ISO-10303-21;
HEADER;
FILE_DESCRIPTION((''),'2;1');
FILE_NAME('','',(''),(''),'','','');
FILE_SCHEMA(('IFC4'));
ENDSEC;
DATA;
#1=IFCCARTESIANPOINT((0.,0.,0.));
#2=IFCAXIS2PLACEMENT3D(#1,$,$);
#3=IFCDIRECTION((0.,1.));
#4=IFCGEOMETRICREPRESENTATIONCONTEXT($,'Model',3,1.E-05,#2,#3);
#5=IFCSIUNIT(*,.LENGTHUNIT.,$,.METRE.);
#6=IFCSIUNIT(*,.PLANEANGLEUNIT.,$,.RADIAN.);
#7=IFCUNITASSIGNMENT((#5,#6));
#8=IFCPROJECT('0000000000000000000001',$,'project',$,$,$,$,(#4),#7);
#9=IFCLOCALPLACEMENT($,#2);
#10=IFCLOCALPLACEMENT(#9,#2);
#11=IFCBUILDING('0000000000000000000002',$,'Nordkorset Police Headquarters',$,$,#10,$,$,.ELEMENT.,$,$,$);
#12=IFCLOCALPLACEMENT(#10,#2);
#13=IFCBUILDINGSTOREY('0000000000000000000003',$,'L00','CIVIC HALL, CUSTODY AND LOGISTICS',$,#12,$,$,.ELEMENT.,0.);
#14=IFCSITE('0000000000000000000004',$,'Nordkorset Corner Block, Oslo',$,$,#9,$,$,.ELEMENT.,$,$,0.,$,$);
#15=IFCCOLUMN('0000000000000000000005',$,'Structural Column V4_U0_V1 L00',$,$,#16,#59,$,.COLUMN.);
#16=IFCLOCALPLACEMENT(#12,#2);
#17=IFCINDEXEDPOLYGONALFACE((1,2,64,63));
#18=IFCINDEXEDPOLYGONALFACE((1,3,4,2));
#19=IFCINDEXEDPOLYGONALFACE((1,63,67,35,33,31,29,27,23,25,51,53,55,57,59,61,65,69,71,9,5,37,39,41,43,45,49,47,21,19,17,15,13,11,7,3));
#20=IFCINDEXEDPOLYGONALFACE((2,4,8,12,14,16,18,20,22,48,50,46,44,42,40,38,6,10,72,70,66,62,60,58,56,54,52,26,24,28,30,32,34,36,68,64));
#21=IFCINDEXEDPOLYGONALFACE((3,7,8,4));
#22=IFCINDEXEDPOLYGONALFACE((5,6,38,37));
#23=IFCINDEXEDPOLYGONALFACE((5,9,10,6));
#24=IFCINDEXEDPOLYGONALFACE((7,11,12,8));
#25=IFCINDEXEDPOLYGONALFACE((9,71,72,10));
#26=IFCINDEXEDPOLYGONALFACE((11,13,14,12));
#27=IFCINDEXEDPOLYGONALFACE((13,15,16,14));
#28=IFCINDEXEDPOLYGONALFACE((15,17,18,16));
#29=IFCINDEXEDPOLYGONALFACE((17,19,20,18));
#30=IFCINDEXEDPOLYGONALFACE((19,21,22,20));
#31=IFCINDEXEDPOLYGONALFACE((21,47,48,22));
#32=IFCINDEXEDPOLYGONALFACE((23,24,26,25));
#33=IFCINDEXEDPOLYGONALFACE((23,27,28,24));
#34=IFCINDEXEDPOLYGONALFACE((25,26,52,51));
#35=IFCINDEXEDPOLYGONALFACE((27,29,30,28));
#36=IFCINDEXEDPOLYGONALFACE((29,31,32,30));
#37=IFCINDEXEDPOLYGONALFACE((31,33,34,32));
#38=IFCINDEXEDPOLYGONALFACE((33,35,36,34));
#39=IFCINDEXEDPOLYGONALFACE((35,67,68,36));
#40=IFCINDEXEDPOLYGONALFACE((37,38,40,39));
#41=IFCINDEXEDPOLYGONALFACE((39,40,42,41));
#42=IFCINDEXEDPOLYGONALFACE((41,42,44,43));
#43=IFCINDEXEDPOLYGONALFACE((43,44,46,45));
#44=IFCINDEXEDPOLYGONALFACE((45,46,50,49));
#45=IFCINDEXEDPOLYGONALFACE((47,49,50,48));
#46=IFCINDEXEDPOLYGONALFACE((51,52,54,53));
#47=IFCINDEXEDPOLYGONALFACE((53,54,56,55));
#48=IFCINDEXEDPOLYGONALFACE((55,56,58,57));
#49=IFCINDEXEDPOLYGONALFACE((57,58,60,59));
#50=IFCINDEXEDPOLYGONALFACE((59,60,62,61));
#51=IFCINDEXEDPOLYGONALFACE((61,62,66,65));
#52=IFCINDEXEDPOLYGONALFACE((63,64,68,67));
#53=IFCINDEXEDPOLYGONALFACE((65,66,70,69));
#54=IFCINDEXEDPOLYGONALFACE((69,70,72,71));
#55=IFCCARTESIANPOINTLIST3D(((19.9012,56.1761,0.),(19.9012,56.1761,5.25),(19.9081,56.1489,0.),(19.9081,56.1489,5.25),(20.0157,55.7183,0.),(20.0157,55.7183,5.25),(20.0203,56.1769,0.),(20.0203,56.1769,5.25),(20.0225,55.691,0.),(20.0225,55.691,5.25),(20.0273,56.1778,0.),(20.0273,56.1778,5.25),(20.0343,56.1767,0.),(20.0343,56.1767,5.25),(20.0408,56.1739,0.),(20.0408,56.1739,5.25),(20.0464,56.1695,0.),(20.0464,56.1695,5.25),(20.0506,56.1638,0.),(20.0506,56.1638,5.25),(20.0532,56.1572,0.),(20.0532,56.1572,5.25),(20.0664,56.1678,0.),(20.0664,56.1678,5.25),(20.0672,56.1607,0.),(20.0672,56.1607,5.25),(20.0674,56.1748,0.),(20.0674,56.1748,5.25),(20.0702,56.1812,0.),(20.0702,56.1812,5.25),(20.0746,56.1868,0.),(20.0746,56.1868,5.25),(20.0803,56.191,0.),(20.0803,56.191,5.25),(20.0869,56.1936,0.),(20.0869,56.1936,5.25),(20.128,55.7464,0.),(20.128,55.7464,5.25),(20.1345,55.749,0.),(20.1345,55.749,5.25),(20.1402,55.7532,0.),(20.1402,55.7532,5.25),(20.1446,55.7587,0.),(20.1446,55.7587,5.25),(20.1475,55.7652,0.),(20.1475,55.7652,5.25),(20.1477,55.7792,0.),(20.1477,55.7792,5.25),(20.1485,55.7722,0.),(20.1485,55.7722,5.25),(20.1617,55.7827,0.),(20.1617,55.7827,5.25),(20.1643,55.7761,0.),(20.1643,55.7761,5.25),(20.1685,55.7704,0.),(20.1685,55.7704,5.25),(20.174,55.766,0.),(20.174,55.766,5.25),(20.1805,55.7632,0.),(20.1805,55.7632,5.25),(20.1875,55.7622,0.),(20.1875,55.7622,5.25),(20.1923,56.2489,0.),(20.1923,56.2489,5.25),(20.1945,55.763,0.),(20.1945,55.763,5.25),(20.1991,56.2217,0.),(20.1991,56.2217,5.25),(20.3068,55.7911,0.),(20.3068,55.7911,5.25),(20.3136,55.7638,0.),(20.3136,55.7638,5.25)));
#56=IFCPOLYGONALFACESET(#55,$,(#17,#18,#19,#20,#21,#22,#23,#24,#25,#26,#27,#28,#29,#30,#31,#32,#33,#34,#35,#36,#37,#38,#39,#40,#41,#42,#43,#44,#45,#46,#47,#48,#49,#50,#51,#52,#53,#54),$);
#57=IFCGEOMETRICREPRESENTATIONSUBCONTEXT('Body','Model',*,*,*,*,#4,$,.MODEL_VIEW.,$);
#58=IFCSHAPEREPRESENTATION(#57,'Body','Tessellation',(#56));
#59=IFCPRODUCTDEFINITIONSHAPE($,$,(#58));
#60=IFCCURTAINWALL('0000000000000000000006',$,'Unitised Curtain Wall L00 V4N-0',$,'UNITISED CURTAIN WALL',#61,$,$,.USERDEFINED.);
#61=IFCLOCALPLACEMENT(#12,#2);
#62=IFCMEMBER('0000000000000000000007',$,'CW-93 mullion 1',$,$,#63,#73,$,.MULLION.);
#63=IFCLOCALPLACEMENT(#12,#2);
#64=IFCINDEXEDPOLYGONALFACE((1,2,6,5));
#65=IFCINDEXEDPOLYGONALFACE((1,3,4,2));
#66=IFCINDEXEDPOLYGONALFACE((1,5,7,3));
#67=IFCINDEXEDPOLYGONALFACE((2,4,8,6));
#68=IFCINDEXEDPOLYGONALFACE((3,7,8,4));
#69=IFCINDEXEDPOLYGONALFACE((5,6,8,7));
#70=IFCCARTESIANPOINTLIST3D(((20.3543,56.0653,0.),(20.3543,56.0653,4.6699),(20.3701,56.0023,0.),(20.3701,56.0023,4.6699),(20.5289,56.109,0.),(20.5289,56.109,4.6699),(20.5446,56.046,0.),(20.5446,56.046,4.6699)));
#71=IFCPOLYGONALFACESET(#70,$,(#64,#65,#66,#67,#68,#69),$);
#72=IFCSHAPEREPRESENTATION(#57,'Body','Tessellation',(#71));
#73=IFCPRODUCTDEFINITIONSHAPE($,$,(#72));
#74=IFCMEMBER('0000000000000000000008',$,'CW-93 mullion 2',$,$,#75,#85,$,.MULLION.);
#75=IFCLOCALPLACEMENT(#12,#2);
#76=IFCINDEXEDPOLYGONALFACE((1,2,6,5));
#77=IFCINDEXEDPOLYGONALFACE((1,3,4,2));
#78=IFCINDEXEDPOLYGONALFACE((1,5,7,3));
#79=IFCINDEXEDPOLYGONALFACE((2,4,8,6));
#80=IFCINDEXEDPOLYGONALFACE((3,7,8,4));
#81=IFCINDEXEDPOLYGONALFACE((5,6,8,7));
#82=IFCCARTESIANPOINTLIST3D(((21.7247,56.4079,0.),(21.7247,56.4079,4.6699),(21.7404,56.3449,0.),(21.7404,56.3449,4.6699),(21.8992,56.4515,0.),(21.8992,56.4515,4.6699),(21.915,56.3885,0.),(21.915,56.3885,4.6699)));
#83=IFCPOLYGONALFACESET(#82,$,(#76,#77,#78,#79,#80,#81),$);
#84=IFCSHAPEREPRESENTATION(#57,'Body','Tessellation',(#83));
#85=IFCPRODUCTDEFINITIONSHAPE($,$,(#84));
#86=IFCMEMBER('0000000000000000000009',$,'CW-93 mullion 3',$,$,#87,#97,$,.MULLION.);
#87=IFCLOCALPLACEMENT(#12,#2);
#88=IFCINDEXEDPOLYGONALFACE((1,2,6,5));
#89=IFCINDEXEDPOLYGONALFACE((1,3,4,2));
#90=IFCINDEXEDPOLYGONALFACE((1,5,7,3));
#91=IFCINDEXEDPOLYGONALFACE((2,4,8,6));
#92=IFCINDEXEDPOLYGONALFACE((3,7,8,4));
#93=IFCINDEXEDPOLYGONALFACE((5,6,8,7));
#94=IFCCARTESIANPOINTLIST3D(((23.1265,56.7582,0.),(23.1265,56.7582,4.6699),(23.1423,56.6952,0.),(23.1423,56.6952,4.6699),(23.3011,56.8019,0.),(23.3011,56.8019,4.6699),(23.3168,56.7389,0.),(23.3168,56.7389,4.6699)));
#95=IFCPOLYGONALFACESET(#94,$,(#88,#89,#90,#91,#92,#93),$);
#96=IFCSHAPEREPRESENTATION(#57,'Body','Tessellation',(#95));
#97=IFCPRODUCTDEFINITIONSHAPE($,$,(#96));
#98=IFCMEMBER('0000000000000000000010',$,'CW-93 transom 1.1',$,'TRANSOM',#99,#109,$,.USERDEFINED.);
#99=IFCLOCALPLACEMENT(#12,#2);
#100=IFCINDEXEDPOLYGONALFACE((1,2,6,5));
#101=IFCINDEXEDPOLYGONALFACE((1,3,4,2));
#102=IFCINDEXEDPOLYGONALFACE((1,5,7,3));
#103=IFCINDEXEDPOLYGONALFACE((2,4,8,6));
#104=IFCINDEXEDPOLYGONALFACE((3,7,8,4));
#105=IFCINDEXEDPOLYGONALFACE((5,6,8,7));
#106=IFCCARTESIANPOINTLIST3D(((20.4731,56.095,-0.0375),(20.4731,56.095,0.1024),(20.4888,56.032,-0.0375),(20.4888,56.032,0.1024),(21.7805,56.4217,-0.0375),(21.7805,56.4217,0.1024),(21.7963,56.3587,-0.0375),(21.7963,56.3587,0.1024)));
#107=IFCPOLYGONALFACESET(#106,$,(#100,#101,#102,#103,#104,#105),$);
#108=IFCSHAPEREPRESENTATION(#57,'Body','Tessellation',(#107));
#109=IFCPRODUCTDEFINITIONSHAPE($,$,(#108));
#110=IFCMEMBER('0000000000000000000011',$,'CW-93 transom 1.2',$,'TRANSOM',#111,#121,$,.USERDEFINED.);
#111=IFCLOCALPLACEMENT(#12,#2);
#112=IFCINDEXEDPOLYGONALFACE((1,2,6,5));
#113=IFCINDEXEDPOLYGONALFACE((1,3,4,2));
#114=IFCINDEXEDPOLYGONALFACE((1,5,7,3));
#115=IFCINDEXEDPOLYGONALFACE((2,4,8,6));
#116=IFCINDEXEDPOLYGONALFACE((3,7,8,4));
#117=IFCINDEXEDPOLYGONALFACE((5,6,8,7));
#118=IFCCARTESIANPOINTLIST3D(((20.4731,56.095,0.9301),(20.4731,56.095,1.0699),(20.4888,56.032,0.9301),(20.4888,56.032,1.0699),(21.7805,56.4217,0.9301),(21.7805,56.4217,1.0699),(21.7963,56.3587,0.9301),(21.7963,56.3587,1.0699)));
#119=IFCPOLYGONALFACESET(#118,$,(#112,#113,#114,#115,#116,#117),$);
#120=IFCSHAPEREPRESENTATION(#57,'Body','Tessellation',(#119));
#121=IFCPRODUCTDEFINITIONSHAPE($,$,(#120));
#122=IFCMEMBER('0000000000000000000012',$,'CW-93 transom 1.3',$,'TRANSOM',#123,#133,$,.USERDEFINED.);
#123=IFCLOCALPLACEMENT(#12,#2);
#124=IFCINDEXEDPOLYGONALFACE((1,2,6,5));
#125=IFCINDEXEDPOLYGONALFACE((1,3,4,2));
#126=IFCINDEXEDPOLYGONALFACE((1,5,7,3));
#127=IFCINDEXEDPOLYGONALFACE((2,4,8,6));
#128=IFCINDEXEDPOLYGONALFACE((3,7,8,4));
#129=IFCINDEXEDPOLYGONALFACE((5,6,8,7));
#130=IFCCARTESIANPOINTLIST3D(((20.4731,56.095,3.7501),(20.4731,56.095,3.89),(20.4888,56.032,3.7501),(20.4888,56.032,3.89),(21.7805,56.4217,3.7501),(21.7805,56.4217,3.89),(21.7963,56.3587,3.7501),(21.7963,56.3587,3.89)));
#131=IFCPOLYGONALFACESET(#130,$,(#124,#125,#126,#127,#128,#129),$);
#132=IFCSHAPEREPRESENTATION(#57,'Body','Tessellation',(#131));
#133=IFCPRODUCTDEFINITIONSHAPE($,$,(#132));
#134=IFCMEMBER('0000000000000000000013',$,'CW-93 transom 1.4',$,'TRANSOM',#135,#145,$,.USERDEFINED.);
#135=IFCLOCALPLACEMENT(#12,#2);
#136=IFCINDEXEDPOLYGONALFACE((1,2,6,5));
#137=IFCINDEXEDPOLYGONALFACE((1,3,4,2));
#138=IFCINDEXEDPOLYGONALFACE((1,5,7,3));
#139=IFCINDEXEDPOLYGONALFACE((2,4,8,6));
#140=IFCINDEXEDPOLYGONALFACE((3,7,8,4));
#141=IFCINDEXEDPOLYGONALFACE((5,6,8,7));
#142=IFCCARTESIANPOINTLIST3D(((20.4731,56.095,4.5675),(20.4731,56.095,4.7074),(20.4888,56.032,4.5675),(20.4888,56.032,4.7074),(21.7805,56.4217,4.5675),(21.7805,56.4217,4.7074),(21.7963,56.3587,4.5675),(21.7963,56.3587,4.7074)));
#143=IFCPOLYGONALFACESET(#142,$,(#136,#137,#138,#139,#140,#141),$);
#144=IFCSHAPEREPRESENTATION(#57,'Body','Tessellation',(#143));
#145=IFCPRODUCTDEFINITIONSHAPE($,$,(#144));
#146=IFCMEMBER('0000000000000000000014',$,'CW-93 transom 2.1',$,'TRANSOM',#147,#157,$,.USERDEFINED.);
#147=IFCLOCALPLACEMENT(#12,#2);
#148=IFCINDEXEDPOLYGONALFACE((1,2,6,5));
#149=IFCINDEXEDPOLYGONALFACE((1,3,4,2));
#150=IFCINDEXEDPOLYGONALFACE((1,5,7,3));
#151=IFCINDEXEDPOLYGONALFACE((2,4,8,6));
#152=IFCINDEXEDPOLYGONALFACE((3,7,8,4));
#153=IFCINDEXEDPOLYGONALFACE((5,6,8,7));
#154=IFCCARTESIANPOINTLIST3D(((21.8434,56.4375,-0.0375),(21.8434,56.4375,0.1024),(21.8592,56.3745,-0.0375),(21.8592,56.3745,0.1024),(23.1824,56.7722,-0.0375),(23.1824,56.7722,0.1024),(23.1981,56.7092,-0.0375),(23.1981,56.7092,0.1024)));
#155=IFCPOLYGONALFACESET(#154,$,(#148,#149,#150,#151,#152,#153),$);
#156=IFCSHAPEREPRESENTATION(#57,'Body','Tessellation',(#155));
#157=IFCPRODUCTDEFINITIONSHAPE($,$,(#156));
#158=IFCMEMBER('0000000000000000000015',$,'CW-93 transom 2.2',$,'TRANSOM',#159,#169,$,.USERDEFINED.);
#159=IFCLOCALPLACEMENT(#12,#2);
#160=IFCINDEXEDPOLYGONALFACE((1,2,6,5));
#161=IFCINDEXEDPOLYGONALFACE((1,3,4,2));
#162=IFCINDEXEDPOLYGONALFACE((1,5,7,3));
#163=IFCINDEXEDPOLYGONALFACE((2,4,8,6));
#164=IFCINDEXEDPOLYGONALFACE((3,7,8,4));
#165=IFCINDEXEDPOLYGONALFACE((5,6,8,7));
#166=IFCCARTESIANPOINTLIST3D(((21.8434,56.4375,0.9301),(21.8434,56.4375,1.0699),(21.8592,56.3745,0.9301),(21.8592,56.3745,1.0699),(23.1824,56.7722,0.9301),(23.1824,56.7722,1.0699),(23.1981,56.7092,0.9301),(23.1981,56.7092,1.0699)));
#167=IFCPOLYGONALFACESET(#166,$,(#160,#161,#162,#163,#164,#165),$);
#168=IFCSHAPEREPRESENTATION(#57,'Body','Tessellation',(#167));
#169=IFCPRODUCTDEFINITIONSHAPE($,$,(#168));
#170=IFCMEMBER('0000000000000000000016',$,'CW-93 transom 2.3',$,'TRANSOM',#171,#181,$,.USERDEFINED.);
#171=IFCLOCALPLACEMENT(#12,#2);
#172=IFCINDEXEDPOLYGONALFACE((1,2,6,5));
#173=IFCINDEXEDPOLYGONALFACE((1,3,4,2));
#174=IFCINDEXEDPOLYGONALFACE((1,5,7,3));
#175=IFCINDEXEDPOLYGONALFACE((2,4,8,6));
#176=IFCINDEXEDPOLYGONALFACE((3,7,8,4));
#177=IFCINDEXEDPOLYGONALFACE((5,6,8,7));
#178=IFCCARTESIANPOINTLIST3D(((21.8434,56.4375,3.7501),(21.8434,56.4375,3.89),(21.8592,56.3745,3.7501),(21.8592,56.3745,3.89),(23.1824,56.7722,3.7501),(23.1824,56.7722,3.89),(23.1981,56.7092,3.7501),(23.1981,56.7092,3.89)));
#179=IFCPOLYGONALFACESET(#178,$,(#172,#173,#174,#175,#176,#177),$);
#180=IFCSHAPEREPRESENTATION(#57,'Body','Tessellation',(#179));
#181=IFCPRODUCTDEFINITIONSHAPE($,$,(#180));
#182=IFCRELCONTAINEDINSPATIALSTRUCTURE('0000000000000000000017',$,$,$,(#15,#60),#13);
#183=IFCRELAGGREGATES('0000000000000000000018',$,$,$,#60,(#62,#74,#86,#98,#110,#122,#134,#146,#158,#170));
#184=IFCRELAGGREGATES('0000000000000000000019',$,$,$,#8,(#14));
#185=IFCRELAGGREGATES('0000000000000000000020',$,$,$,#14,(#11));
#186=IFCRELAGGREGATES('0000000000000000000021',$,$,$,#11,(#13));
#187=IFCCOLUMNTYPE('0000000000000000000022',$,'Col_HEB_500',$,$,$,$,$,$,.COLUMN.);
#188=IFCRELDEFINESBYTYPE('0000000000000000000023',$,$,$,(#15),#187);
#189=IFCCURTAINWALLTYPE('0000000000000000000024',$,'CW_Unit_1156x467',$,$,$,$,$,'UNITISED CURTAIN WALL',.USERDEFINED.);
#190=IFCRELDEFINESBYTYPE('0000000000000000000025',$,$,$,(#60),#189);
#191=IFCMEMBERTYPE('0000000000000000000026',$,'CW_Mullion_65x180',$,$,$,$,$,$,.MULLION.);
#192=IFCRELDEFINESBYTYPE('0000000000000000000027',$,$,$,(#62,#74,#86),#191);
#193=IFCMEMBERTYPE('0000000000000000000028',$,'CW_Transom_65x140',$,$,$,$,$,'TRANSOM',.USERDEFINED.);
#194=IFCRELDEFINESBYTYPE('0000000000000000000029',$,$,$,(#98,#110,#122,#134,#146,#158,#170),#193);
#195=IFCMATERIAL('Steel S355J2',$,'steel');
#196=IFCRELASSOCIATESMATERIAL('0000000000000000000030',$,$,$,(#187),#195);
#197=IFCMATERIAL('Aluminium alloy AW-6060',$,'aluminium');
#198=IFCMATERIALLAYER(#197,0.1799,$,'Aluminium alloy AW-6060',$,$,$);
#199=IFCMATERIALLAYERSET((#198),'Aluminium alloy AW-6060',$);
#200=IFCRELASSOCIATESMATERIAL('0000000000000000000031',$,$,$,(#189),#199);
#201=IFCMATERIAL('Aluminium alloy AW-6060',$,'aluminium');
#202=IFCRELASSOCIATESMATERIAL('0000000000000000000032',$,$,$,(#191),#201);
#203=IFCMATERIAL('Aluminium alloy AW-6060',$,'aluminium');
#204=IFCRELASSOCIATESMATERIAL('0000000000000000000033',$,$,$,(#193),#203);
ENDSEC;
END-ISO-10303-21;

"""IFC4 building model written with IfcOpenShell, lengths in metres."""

from ifc_helpers import new_model, si_unit, direction, frame, origin, origin_2d, place, context, subcontext, project, spatial, rectangle, i_section, extrude, material, layer, layer_set, material_profile, profile_set, type_object, element, aggregate, save


model = new_model("IFC4")

# Units and contexts
model_context = context("Model", 3, precision=1e-05, world=origin(), true_north=direction((0.0, 1.0)))
body_context = subcontext(model_context, "Body", "Model", "MODEL_VIEW")
ifc_project = project(units=[si_unit("LENGTHUNIT", "METRE"), si_unit("PLANEANGLEUNIT", "RADIAN")], contexts=[model_context])

# Site, building, storey
site_placement = place(None, origin())
site = spatial("IfcSite", under=ifc_project, at=site_placement, Name="Nordkorset Corner Block, Oslo", CompositionType="ELEMENT", RefElevation=0.0)
building_placement = place(site_placement, origin())
building = spatial("IfcBuilding", under=site, at=building_placement, Name="Nordkorset Police Headquarters", CompositionType="ELEMENT")
storey_placement = place(building_placement, origin())
storey = spatial("IfcBuildingStorey", under=building, at=storey_placement, Name="L00", Description="CIVIC HALL, CUSTODY AND LOGISTICS", CompositionType="ELEMENT", Elevation=0.0)

# Column
ifc_material_1 = material(Name="Steel S355J2", Category="steel")
ifc_material_profile_1 = material_profile(ifc_material_1, i_section(OverallWidth=0.3, OverallDepth=0.5, WebThickness=0.0144, FlangeThickness=0.0281, FilletRadius=0.0271, at=origin_2d()), Name="HEB 500")
ifc_profile_set_1 = profile_set([ifc_material_profile_1], Name="Steel S355J2")
column_type = type_object("IfcColumnType", Name="Col_HEB_500", PredefinedType="COLUMN", material=ifc_profile_set_1)
column_placement = place(storey_placement, frame((20.1074, 55.97, 0.0), z_axis=(0.0, 0.0, 1.0), x_axis=(0.970143, 0.242536, 0.0)))
element("IfcColumn", 1, at=column_placement, inside=storey, type_object=column_type, Name="Structural Column V4_U0_V1 L00", PredefinedType="COLUMN", context=body_context, shape_type="SweptSolid", body=[
    extrude(i_section(OverallWidth=0.3, OverallDepth=0.5, WebThickness=0.0144, FlangeThickness=0.0281, FilletRadius=0.0271, at=origin_2d()), origin(), (0.0, 0.0, 1.0), 5.25),
])

# Curtain wall, members
ifc_material_2 = material(Name="Aluminium alloy AW-6060", Category="aluminium")
ifc_layer_1 = layer(ifc_material_2, 0.1799, Name="Aluminium alloy AW-6060")
ifc_layer_set_1 = layer_set([ifc_layer_1], Name="Aluminium alloy AW-6060")
curtain_wall_type = type_object("IfcCurtainWallType", Name="CW_Unit_1156x467", ElementType="UNITISED CURTAIN WALL", PredefinedType="USERDEFINED", material=ifc_layer_set_1)
curtain_wall_placement = place(storey_placement, origin())
curtain_wall = element("IfcCurtainWall", 2, at=curtain_wall_placement, inside=storey, type_object=curtain_wall_type, Name="Unitised Curtain Wall L00 V4N-0", ObjectType="UNITISED CURTAIN WALL", PredefinedType="USERDEFINED")
ifc_material_3 = material(Name="Aluminium alloy AW-6060", Category="aluminium")
ifc_material_profile_2 = material_profile(ifc_material_3, rectangle(XDim=0.0649, YDim=0.1799, at=origin_2d()), Name="ALU MULL 65x180")
ifc_profile_set_2 = profile_set([ifc_material_profile_2], Name="Aluminium alloy AW-6060")
member_type_1 = type_object("IfcMemberType", Name="CW_Mullion_65x180", PredefinedType="MULLION", material=ifc_profile_set_2)
member_1_placement = place(storey_placement, frame((20.4495, 56.0557, 0.0), z_axis=(0.0, 0.0, 1.0), x_axis=(-0.242536, 0.970142, 0.0)))
member_1 = element("IfcMember", 3, at=member_1_placement, type_object=member_type_1, Name="CW-93 mullion 1", PredefinedType="MULLION", context=body_context, shape_type="SweptSolid", body=[
    extrude(rectangle(XDim=0.0649, YDim=0.1799, at=origin_2d()), origin(), (0.0, 0.0, 1.0), 4.6699),
])
member_2_placement = place(storey_placement, frame((21.8198, 56.3982, 0.0), z_axis=(0.0, 0.0, 1.0), x_axis=(-0.242536, 0.970142, 0.0)))
member_2 = element("IfcMember", 4, at=member_2_placement, type_object=member_type_1, Name="CW-93 mullion 2", PredefinedType="MULLION", context=body_context, shape_type="SweptSolid", body=[
    extrude(rectangle(XDim=0.0649, YDim=0.1799, at=origin_2d()), origin(), (0.0, 0.0, 1.0), 4.6699),
])
member_3_placement = place(storey_placement, frame((23.2217, 56.7485, 0.0), z_axis=(0.0, 0.0, 1.0), x_axis=(-0.242536, 0.970142, 0.0)))
member_3 = element("IfcMember", 5, at=member_3_placement, type_object=member_type_1, Name="CW-93 mullion 3", PredefinedType="MULLION", context=body_context, shape_type="SweptSolid", body=[
    extrude(rectangle(XDim=0.0649, YDim=0.1799, at=origin_2d()), origin(), (0.0, 0.0, 1.0), 4.6699),
])
ifc_material_4 = material(Name="Aluminium alloy AW-6060", Category="aluminium")
ifc_material_profile_3 = material_profile(ifc_material_4, rectangle(XDim=0.0649, YDim=0.1399, at=origin_2d()), Name="ALU TRAN 65x140")
ifc_profile_set_3 = profile_set([ifc_material_profile_3], Name="Aluminium alloy AW-6060")
member_type_2 = type_object("IfcMemberType", Name="CW_Transom_65x140", ElementType="TRANSOM", PredefinedType="USERDEFINED", material=ifc_profile_set_3)
member_4_placement = place(storey_placement, frame((20.481, 56.0635, 0.0325), z_axis=(0.970174, 0.242408, 0.0), x_axis=(-0.242408, 0.970174, 0.0)))
member_4 = element("IfcMember", 6, at=member_4_placement, type_object=member_type_2, Name="CW-93 transom 1.1", ObjectType="TRANSOM", PredefinedType="USERDEFINED", context=body_context, shape_type="SweptSolid", body=[
    extrude(rectangle(XDim=0.0649, YDim=0.1399, at=origin_2d()), origin(), (0.0, 0.0, 1.0), 1.3477),
])
member_5_placement = place(storey_placement, frame((20.481, 56.0635, 1.0), z_axis=(0.970174, 0.242408, 0.0), x_axis=(-0.242408, 0.970174, 0.0)))
member_5 = element("IfcMember", 7, at=member_5_placement, type_object=member_type_2, Name="CW-93 transom 1.2", ObjectType="TRANSOM", PredefinedType="USERDEFINED", context=body_context, shape_type="SweptSolid", body=[
    extrude(rectangle(XDim=0.0649, YDim=0.1399, at=origin_2d()), origin(), (0.0, 0.0, 1.0), 1.3477),
])
member_6_placement = place(storey_placement, frame((20.481, 56.0635, 3.8201), z_axis=(0.970174, 0.242408, 0.0), x_axis=(-0.242408, 0.970174, 0.0)))
member_6 = element("IfcMember", 8, at=member_6_placement, type_object=member_type_2, Name="CW-93 transom 1.3", ObjectType="TRANSOM", PredefinedType="USERDEFINED", context=body_context, shape_type="SweptSolid", body=[
    extrude(rectangle(XDim=0.0649, YDim=0.1399, at=origin_2d()), origin(), (0.0, 0.0, 1.0), 1.3477),
])
member_7_placement = place(storey_placement, frame((20.481, 56.0635, 4.6375), z_axis=(0.970174, 0.242408, 0.0), x_axis=(-0.242408, 0.970174, 0.0)))
member_7 = element("IfcMember", 9, at=member_7_placement, type_object=member_type_2, Name="CW-93 transom 1.4", ObjectType="TRANSOM", PredefinedType="USERDEFINED", context=body_context, shape_type="SweptSolid", body=[
    extrude(rectangle(XDim=0.0649, YDim=0.1399, at=origin_2d()), origin(), (0.0, 0.0, 1.0), 1.3477),
])
member_8_placement = place(storey_placement, frame((21.8513, 56.406, 0.0325), z_axis=(0.970143, 0.242536, 0.0), x_axis=(-0.242536, 0.970143, 0.0)))
member_8 = element("IfcMember", 10, at=member_8_placement, type_object=member_type_2, Name="CW-93 transom 2.1", ObjectType="TRANSOM", PredefinedType="USERDEFINED", context=body_context, shape_type="SweptSolid", body=[
    extrude(rectangle(XDim=0.0649, YDim=0.1399, at=origin_2d()), origin(), (0.0, 0.0, 1.0), 1.3801),
])
member_9_placement = place(storey_placement, frame((21.8513, 56.406, 1.0), z_axis=(0.970143, 0.242536, 0.0), x_axis=(-0.242536, 0.970143, 0.0)))
member_9 = element("IfcMember", 11, at=member_9_placement, type_object=member_type_2, Name="CW-93 transom 2.2", ObjectType="TRANSOM", PredefinedType="USERDEFINED", context=body_context, shape_type="SweptSolid", body=[
    extrude(rectangle(XDim=0.0649, YDim=0.1399, at=origin_2d()), origin(), (0.0, 0.0, 1.0), 1.3801),
])
member_10_placement = place(storey_placement, frame((21.8513, 56.406, 3.8201), z_axis=(0.970143, 0.242536, 0.0), x_axis=(-0.242536, 0.970143, 0.0)))
member_10 = element("IfcMember", 12, at=member_10_placement, type_object=member_type_2, Name="CW-93 transom 2.3", ObjectType="TRANSOM", PredefinedType="USERDEFINED", context=body_context, shape_type="SweptSolid", body=[
    extrude(rectangle(XDim=0.0649, YDim=0.1399, at=origin_2d()), origin(), (0.0, 0.0, 1.0), 1.3801),
])

aggregate(curtain_wall, [member_1, member_2, member_3, member_4, member_5, member_6, member_7, member_8, member_9, member_10])

save(model, "model.ifc")
